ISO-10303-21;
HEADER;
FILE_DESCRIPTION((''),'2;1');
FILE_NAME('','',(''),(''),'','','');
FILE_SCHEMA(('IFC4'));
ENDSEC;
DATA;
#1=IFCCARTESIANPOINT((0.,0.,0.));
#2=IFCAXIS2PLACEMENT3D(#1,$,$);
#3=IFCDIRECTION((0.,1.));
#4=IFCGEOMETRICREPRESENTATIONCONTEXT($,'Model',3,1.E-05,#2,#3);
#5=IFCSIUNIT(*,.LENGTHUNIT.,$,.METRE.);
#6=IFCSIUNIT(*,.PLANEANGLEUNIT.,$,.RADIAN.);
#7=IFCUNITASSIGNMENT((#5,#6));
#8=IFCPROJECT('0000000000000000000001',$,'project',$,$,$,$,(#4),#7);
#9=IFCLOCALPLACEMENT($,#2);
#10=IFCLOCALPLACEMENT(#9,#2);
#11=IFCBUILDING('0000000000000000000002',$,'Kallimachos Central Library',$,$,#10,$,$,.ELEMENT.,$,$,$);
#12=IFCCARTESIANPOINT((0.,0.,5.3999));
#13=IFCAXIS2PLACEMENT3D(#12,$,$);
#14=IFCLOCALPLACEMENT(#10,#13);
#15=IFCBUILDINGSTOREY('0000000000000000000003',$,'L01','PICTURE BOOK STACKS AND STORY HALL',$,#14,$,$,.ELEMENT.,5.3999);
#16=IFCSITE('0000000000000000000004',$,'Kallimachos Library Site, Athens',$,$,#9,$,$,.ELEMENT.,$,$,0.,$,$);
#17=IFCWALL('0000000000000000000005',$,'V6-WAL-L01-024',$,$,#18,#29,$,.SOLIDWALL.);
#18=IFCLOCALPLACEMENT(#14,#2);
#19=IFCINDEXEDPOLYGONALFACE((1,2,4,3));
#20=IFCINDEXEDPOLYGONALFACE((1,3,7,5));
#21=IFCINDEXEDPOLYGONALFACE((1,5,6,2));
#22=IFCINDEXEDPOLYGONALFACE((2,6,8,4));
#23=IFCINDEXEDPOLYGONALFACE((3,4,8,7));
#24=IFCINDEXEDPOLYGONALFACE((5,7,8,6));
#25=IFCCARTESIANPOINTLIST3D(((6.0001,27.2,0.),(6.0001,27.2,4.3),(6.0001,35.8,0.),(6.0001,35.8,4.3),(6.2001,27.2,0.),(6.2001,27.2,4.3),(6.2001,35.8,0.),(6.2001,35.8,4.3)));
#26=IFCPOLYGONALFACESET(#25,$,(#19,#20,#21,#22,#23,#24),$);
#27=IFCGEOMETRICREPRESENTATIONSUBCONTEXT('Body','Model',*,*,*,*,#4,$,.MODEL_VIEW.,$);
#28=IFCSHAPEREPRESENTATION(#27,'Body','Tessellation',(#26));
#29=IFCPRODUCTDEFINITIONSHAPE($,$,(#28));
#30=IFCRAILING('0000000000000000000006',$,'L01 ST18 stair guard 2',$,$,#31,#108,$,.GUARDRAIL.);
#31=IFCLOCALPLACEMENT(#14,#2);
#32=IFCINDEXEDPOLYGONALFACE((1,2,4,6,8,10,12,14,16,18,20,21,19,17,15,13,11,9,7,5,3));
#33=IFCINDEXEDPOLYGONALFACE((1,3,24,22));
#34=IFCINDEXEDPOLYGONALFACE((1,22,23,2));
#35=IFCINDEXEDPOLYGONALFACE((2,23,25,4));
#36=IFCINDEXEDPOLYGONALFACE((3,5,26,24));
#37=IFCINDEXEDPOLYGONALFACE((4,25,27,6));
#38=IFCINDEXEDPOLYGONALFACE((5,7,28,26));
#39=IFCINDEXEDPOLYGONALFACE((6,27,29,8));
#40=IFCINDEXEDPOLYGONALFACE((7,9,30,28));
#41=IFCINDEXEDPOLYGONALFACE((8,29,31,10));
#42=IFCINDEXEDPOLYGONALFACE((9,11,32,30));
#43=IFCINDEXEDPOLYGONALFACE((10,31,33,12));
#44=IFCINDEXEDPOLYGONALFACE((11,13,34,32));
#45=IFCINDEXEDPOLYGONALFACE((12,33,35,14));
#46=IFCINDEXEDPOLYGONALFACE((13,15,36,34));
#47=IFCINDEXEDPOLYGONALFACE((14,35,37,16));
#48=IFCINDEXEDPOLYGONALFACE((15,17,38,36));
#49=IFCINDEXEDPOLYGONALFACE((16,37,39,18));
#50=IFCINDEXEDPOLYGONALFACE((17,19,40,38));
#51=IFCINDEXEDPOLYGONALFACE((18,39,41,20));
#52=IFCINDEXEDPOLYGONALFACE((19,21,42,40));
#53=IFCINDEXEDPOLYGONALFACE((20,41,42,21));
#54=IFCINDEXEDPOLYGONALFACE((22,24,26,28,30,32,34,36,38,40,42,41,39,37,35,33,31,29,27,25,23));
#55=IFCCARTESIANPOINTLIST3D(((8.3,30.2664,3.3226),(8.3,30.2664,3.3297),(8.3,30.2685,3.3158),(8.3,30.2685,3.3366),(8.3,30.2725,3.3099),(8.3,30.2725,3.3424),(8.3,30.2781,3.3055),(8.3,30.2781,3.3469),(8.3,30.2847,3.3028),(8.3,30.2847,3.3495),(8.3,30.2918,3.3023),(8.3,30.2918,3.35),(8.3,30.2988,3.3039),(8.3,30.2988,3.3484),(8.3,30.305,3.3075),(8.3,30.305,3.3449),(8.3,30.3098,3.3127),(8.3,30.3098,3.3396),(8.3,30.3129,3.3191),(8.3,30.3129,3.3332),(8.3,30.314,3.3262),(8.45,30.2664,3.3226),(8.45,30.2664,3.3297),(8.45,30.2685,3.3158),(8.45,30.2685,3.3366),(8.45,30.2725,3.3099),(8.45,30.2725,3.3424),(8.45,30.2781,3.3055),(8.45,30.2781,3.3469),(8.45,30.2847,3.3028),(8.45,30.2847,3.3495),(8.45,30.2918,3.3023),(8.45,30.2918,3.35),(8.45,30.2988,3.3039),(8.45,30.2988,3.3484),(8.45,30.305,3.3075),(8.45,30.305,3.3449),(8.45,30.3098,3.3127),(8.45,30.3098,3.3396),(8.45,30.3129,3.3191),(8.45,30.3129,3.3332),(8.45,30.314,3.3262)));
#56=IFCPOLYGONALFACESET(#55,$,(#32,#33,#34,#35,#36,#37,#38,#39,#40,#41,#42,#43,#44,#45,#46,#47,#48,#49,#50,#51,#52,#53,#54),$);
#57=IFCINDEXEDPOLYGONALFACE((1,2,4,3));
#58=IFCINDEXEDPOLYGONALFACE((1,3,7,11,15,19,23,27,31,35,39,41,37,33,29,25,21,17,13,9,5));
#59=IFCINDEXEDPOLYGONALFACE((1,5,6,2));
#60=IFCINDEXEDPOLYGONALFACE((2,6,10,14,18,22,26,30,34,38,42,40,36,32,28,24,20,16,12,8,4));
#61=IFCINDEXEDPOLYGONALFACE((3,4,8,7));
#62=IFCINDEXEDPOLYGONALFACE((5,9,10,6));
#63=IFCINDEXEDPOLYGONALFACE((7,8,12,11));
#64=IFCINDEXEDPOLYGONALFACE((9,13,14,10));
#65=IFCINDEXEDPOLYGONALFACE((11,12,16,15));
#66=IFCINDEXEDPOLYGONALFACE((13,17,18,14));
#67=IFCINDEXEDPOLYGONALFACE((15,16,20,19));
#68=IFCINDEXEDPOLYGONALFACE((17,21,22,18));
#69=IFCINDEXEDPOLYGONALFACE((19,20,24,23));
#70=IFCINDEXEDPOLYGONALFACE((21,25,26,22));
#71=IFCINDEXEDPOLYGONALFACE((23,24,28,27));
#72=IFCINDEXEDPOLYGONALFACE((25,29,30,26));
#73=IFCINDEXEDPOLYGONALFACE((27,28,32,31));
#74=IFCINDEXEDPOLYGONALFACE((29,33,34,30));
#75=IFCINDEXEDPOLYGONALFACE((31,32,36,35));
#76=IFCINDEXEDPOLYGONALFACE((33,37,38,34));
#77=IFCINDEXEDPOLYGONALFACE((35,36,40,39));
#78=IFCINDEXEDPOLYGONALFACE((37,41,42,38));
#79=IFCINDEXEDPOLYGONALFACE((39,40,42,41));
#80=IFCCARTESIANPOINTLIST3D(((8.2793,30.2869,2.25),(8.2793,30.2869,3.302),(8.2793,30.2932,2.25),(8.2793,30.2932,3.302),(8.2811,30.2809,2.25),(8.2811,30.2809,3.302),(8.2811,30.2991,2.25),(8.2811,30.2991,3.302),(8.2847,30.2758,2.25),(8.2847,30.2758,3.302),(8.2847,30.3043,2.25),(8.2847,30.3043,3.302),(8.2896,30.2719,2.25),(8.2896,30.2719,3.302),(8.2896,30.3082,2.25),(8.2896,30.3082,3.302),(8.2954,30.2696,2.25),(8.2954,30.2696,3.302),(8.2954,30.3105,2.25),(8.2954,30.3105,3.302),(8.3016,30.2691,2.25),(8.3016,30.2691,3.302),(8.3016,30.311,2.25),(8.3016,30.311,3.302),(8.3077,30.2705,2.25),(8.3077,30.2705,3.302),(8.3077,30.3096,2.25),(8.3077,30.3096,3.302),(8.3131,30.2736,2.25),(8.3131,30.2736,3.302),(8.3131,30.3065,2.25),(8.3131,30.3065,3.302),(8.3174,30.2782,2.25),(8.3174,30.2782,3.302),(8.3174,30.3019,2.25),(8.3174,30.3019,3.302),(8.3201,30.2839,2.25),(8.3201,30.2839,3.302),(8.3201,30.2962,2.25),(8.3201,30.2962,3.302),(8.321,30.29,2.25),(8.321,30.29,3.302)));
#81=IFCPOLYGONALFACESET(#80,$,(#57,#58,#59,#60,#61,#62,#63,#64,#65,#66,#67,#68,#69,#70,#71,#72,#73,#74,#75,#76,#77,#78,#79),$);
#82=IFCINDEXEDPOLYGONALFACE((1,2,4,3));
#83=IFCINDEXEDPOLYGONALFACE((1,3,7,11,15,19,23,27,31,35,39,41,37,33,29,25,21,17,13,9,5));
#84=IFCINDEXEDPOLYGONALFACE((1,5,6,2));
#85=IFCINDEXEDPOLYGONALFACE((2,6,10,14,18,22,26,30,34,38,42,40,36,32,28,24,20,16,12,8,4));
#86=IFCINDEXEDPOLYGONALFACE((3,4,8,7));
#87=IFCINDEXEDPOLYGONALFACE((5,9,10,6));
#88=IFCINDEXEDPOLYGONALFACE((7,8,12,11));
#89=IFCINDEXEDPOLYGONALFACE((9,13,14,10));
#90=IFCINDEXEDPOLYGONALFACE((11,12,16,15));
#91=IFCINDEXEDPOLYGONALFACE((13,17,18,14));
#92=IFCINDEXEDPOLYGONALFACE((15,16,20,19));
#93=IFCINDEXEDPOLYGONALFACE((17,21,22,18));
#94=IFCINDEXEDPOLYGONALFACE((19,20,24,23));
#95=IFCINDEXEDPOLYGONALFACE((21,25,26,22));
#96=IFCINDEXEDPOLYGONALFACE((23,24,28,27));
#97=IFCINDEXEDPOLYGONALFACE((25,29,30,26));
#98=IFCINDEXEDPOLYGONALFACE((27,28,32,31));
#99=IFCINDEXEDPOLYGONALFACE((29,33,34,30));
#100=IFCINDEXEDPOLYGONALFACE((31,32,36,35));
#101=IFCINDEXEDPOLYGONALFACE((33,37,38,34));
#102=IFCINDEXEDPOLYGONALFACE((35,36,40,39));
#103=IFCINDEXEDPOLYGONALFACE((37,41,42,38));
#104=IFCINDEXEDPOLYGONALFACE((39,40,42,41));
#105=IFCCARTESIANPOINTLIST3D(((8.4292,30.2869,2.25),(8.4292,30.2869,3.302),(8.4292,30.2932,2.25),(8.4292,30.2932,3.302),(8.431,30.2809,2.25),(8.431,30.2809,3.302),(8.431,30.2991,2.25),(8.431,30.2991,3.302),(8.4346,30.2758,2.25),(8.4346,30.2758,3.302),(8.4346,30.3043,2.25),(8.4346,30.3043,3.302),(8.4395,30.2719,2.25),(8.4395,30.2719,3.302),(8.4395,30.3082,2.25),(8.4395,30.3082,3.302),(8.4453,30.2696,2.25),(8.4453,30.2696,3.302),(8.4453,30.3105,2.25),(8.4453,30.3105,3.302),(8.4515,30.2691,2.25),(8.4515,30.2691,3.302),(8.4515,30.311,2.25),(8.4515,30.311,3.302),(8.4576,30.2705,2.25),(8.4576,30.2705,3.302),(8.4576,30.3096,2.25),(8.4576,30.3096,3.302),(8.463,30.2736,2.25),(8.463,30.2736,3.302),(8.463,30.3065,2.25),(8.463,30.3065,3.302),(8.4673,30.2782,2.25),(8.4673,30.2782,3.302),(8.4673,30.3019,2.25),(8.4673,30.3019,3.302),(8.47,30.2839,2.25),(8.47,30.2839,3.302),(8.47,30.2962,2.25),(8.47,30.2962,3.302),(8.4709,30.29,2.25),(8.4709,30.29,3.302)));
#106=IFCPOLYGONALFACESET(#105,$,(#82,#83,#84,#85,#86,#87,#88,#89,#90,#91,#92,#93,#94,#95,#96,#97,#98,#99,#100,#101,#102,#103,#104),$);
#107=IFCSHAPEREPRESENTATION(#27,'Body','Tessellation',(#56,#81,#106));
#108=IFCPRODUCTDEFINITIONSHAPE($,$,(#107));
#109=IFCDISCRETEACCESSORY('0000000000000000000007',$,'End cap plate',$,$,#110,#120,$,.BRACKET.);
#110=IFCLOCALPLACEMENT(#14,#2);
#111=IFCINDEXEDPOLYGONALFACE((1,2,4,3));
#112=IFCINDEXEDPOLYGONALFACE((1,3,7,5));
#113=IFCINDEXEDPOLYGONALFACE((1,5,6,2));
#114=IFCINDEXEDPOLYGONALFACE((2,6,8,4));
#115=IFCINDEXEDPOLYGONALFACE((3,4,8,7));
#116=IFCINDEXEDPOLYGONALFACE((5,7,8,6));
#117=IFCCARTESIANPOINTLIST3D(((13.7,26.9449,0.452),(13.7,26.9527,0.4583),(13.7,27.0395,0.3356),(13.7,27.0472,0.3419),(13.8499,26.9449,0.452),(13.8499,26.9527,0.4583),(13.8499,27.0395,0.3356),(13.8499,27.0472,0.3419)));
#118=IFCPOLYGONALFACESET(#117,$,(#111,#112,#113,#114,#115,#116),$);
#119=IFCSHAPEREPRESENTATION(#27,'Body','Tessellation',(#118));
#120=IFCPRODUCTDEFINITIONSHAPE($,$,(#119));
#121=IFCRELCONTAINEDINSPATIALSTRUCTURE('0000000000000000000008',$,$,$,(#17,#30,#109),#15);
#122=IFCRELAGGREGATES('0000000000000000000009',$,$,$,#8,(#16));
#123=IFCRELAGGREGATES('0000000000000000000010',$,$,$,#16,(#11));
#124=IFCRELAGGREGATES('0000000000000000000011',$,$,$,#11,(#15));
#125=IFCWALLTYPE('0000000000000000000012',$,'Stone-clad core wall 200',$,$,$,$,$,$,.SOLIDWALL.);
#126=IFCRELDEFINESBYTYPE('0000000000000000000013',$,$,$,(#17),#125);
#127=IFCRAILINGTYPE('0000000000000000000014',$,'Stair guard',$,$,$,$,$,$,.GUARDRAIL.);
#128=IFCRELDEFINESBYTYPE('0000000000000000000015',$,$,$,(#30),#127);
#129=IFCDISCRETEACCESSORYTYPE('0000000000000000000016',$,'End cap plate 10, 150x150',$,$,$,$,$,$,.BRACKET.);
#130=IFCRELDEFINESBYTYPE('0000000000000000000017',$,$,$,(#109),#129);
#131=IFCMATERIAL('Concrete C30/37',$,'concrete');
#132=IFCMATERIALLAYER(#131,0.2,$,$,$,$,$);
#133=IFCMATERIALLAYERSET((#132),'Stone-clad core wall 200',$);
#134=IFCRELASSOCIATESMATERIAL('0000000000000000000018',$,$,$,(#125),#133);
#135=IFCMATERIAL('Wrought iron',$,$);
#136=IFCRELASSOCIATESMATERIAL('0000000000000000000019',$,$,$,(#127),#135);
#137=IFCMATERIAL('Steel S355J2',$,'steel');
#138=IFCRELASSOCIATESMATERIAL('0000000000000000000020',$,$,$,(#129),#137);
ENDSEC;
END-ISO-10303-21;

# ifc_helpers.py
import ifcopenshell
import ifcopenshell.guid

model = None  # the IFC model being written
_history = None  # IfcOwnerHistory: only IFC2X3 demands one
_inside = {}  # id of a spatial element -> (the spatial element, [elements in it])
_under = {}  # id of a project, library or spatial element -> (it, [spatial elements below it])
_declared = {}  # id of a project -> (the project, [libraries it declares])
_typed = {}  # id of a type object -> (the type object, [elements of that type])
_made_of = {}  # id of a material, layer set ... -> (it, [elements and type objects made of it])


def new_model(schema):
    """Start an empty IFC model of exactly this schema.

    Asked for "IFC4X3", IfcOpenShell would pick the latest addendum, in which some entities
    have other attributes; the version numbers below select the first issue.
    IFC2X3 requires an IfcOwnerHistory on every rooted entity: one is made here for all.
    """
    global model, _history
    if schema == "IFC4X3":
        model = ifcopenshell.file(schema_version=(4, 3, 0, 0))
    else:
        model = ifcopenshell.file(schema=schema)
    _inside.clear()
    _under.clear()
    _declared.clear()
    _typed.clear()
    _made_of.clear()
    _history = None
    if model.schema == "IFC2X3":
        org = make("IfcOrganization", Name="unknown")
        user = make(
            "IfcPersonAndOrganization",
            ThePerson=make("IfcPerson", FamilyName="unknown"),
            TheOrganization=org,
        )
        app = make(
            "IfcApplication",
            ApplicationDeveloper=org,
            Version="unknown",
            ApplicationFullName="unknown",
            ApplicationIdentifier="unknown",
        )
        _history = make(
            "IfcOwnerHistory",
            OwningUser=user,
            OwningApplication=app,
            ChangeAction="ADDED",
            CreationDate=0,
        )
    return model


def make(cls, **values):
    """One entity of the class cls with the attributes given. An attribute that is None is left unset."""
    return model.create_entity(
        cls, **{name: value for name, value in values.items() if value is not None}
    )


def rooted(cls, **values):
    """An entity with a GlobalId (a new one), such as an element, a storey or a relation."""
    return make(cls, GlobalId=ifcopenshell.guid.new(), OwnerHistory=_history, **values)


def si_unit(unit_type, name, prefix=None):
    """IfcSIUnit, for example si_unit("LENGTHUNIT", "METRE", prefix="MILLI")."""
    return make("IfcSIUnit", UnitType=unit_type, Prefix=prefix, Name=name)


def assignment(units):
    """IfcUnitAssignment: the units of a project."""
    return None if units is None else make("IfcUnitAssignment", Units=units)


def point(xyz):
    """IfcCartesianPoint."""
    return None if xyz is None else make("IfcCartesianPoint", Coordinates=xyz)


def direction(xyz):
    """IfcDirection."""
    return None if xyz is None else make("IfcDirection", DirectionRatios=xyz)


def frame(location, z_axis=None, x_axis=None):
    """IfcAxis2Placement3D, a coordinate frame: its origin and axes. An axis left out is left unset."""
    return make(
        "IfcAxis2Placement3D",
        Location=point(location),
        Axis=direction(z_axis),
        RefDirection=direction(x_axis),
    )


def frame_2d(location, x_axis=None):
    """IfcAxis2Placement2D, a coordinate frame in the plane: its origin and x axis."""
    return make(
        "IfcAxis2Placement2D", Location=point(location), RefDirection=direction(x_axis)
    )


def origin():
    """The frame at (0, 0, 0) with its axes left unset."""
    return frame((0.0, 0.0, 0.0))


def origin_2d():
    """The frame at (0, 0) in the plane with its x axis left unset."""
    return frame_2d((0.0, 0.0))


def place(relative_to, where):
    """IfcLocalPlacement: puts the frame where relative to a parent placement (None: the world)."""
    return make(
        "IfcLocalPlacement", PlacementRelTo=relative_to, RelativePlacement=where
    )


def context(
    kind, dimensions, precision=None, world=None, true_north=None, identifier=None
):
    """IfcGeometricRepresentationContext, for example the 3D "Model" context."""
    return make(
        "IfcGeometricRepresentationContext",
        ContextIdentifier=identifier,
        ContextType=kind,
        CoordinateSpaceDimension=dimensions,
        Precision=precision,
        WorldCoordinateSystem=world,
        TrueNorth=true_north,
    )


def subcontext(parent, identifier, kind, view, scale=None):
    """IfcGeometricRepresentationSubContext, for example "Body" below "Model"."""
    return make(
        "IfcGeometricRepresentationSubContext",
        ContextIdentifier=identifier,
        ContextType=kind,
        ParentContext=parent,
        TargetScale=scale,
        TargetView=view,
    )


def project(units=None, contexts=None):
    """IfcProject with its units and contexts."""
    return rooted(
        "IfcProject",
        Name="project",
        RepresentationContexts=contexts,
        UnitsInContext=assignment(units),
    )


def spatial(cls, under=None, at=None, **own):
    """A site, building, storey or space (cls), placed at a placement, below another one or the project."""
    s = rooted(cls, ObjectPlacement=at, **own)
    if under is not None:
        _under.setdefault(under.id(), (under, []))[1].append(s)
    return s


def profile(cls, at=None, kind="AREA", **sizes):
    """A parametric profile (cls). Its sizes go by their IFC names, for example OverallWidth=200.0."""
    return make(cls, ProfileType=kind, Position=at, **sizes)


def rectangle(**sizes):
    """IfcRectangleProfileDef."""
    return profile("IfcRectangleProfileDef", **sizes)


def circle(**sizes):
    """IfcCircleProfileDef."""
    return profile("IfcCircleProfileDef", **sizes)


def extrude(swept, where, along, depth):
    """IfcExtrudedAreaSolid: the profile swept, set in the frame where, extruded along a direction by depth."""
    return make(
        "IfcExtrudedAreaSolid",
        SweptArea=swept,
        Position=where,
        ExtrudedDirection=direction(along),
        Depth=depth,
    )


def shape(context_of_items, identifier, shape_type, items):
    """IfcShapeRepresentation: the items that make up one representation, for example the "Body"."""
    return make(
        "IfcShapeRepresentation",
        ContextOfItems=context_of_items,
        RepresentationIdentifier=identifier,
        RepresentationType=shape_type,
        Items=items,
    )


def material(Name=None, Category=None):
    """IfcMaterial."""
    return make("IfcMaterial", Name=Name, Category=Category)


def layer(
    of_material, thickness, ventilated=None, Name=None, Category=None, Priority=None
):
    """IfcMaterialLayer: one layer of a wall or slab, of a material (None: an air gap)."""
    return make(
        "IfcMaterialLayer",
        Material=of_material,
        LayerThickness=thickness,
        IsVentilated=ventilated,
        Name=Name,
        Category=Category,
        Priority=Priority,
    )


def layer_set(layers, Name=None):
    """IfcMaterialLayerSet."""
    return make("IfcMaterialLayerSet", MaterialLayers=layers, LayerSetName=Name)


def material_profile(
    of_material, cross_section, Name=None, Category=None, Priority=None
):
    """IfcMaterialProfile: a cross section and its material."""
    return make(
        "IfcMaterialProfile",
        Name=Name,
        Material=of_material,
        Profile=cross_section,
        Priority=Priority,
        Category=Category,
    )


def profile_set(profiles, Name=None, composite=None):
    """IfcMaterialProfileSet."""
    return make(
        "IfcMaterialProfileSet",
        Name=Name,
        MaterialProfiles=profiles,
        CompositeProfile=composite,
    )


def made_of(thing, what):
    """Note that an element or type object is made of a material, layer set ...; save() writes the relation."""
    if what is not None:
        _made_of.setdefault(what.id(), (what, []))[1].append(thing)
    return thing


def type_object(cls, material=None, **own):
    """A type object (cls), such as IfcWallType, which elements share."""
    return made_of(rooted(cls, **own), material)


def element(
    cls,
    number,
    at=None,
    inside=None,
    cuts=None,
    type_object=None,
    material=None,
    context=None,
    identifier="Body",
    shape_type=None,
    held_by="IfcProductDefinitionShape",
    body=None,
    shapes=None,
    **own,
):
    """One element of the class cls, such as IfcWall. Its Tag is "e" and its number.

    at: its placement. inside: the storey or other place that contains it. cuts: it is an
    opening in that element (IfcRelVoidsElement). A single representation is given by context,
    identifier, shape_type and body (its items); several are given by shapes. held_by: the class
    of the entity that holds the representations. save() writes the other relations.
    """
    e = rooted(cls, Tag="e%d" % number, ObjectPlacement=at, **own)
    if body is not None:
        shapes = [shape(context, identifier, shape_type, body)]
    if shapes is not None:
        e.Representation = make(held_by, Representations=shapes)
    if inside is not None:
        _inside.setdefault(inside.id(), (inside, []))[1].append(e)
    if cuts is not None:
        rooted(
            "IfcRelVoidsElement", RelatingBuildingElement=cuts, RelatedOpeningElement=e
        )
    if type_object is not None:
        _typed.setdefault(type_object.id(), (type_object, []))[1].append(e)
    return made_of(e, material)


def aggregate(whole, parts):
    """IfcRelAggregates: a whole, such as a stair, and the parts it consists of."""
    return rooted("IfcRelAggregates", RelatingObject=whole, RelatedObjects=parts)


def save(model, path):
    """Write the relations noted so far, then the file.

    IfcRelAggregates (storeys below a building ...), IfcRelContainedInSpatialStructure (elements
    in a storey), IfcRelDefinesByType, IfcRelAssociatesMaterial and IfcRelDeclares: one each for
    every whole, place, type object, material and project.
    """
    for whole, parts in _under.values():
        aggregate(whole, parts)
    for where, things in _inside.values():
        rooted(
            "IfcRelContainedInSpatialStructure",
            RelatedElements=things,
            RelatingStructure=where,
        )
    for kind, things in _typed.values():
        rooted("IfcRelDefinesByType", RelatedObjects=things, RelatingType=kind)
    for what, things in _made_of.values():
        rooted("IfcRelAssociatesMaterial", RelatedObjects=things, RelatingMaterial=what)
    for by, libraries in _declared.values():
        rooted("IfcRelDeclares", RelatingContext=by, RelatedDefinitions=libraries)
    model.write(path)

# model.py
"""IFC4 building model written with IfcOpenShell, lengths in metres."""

from ifc_helpers import new_model, si_unit, direction, frame, frame_2d, origin, origin_2d, place, context, subcontext, project, spatial, rectangle, circle, extrude, material, layer, layer_set, material_profile, profile_set, type_object, element, save


model = new_model("IFC4")

# Units and contexts
model_context = context("Model", 3, precision=1e-05, world=origin(), true_north=direction((0.0, 1.0)))
body_context = subcontext(model_context, "Body", "Model", "MODEL_VIEW")
ifc_project = project(units=[si_unit("LENGTHUNIT", "METRE"), si_unit("PLANEANGLEUNIT", "RADIAN")], contexts=[model_context])

# Site, building, storey
site_placement = place(None, origin())
site = spatial("IfcSite", under=ifc_project, at=site_placement, Name="Kallimachos Library Site, Athens", CompositionType="ELEMENT", RefElevation=0.0)
building_placement = place(site_placement, origin())
building = spatial("IfcBuilding", under=site, at=building_placement, Name="Kallimachos Central Library", CompositionType="ELEMENT")
storey_placement = place(building_placement, frame((0.0, 0.0, 5.3999)))
storey = spatial("IfcBuildingStorey", under=building, at=storey_placement, Name="L01", Description="PICTURE BOOK STACKS AND STORY HALL", CompositionType="ELEMENT", Elevation=5.3999)

# Wall
ifc_material_1 = material(Name="Concrete C30/37", Category="concrete")
ifc_layer_1 = layer(ifc_material_1, 0.2)
ifc_layer_set_1 = layer_set([ifc_layer_1], Name="Stone-clad core wall 200")
wall_type_1 = type_object("IfcWallType", Name="Stone-clad core wall 200", PredefinedType="SOLIDWALL", material=ifc_layer_set_1)
wall_1_placement = place(storey_placement, frame((6.1001, 27.2, 0.0), z_axis=(0.0, 0.0, 1.0), x_axis=(0.0, 1.0, 0.0)))
element("IfcWall", 1, at=wall_1_placement, inside=storey, type_object=wall_type_1, Name="V6-WAL-L01-024", PredefinedType="SOLIDWALL", context=body_context, shape_type="SweptSolid", body=[
    extrude(rectangle(XDim=8.6001, YDim=0.2, at=frame_2d((4.3, 0.0))), origin(), (0.0, 0.0, 1.0), 4.3),
])

# Railing
ifc_material_2 = material(Name="Wrought iron")
railing_type = type_object("IfcRailingType", Name="Stair guard", PredefinedType="GUARDRAIL", material=ifc_material_2)
railing_placement = place(storey_placement, frame((8.3, 30.29, 2.25)))
element("IfcRailing", 2, at=railing_placement, inside=storey, type_object=railing_type, Name="L01 ST18 stair guard 2", PredefinedType="GUARDRAIL", context=body_context, shape_type="SweptSolid", body=[
    extrude(circle(Radius=0.0239, at=origin_2d()), frame((0.0, 0.0, 1.0762), z_axis=(1.0, 0.0, 0.0), x_axis=(0.0, 1.0, 0.0)), (0.0, 0.0, 1.0), 0.1499),
    extrude(circle(Radius=0.021, at=origin_2d()), origin(), (0.0, 0.0, 1.0), 1.052),
    extrude(circle(Radius=0.021, at=origin_2d()), frame((0.1499, 0.0, 0.0)), (0.0, 0.0, 1.0), 1.052),
])

# Discrete accessory
ifc_material_3 = material(Name="Steel S355J2", Category="steel")
ifc_material_profile_1 = material_profile(ifc_material_3, rectangle(XDim=0.1499, YDim=0.1499, at=origin_2d()), Name="End cap plate 10, 150x150")
ifc_profile_set_1 = profile_set([ifc_material_profile_1], Name="Steel S355J2")
discrete_accessory_type = type_object("IfcDiscreteAccessoryType", Name="End cap plate 10, 150x150", PredefinedType="BRACKET", material=ifc_profile_set_1)
discrete_accessory_placement = place(storey_placement, frame((13.7749, 26.9922, 0.3938), z_axis=(0.0, 0.776114, 0.630593), x_axis=(-1.0, 0.0, 0.0)))
element("IfcDiscreteAccessory", 3, at=discrete_accessory_placement, inside=storey, type_object=discrete_accessory_type, Name="End cap plate", PredefinedType="BRACKET", context=body_context, shape_type="SweptSolid", body=[
    extrude(rectangle(XDim=0.1499, YDim=0.1499, at=origin_2d()), origin(), (0.0, 0.0, 1.0), 0.01),
])

save(model, "model.ifc")
